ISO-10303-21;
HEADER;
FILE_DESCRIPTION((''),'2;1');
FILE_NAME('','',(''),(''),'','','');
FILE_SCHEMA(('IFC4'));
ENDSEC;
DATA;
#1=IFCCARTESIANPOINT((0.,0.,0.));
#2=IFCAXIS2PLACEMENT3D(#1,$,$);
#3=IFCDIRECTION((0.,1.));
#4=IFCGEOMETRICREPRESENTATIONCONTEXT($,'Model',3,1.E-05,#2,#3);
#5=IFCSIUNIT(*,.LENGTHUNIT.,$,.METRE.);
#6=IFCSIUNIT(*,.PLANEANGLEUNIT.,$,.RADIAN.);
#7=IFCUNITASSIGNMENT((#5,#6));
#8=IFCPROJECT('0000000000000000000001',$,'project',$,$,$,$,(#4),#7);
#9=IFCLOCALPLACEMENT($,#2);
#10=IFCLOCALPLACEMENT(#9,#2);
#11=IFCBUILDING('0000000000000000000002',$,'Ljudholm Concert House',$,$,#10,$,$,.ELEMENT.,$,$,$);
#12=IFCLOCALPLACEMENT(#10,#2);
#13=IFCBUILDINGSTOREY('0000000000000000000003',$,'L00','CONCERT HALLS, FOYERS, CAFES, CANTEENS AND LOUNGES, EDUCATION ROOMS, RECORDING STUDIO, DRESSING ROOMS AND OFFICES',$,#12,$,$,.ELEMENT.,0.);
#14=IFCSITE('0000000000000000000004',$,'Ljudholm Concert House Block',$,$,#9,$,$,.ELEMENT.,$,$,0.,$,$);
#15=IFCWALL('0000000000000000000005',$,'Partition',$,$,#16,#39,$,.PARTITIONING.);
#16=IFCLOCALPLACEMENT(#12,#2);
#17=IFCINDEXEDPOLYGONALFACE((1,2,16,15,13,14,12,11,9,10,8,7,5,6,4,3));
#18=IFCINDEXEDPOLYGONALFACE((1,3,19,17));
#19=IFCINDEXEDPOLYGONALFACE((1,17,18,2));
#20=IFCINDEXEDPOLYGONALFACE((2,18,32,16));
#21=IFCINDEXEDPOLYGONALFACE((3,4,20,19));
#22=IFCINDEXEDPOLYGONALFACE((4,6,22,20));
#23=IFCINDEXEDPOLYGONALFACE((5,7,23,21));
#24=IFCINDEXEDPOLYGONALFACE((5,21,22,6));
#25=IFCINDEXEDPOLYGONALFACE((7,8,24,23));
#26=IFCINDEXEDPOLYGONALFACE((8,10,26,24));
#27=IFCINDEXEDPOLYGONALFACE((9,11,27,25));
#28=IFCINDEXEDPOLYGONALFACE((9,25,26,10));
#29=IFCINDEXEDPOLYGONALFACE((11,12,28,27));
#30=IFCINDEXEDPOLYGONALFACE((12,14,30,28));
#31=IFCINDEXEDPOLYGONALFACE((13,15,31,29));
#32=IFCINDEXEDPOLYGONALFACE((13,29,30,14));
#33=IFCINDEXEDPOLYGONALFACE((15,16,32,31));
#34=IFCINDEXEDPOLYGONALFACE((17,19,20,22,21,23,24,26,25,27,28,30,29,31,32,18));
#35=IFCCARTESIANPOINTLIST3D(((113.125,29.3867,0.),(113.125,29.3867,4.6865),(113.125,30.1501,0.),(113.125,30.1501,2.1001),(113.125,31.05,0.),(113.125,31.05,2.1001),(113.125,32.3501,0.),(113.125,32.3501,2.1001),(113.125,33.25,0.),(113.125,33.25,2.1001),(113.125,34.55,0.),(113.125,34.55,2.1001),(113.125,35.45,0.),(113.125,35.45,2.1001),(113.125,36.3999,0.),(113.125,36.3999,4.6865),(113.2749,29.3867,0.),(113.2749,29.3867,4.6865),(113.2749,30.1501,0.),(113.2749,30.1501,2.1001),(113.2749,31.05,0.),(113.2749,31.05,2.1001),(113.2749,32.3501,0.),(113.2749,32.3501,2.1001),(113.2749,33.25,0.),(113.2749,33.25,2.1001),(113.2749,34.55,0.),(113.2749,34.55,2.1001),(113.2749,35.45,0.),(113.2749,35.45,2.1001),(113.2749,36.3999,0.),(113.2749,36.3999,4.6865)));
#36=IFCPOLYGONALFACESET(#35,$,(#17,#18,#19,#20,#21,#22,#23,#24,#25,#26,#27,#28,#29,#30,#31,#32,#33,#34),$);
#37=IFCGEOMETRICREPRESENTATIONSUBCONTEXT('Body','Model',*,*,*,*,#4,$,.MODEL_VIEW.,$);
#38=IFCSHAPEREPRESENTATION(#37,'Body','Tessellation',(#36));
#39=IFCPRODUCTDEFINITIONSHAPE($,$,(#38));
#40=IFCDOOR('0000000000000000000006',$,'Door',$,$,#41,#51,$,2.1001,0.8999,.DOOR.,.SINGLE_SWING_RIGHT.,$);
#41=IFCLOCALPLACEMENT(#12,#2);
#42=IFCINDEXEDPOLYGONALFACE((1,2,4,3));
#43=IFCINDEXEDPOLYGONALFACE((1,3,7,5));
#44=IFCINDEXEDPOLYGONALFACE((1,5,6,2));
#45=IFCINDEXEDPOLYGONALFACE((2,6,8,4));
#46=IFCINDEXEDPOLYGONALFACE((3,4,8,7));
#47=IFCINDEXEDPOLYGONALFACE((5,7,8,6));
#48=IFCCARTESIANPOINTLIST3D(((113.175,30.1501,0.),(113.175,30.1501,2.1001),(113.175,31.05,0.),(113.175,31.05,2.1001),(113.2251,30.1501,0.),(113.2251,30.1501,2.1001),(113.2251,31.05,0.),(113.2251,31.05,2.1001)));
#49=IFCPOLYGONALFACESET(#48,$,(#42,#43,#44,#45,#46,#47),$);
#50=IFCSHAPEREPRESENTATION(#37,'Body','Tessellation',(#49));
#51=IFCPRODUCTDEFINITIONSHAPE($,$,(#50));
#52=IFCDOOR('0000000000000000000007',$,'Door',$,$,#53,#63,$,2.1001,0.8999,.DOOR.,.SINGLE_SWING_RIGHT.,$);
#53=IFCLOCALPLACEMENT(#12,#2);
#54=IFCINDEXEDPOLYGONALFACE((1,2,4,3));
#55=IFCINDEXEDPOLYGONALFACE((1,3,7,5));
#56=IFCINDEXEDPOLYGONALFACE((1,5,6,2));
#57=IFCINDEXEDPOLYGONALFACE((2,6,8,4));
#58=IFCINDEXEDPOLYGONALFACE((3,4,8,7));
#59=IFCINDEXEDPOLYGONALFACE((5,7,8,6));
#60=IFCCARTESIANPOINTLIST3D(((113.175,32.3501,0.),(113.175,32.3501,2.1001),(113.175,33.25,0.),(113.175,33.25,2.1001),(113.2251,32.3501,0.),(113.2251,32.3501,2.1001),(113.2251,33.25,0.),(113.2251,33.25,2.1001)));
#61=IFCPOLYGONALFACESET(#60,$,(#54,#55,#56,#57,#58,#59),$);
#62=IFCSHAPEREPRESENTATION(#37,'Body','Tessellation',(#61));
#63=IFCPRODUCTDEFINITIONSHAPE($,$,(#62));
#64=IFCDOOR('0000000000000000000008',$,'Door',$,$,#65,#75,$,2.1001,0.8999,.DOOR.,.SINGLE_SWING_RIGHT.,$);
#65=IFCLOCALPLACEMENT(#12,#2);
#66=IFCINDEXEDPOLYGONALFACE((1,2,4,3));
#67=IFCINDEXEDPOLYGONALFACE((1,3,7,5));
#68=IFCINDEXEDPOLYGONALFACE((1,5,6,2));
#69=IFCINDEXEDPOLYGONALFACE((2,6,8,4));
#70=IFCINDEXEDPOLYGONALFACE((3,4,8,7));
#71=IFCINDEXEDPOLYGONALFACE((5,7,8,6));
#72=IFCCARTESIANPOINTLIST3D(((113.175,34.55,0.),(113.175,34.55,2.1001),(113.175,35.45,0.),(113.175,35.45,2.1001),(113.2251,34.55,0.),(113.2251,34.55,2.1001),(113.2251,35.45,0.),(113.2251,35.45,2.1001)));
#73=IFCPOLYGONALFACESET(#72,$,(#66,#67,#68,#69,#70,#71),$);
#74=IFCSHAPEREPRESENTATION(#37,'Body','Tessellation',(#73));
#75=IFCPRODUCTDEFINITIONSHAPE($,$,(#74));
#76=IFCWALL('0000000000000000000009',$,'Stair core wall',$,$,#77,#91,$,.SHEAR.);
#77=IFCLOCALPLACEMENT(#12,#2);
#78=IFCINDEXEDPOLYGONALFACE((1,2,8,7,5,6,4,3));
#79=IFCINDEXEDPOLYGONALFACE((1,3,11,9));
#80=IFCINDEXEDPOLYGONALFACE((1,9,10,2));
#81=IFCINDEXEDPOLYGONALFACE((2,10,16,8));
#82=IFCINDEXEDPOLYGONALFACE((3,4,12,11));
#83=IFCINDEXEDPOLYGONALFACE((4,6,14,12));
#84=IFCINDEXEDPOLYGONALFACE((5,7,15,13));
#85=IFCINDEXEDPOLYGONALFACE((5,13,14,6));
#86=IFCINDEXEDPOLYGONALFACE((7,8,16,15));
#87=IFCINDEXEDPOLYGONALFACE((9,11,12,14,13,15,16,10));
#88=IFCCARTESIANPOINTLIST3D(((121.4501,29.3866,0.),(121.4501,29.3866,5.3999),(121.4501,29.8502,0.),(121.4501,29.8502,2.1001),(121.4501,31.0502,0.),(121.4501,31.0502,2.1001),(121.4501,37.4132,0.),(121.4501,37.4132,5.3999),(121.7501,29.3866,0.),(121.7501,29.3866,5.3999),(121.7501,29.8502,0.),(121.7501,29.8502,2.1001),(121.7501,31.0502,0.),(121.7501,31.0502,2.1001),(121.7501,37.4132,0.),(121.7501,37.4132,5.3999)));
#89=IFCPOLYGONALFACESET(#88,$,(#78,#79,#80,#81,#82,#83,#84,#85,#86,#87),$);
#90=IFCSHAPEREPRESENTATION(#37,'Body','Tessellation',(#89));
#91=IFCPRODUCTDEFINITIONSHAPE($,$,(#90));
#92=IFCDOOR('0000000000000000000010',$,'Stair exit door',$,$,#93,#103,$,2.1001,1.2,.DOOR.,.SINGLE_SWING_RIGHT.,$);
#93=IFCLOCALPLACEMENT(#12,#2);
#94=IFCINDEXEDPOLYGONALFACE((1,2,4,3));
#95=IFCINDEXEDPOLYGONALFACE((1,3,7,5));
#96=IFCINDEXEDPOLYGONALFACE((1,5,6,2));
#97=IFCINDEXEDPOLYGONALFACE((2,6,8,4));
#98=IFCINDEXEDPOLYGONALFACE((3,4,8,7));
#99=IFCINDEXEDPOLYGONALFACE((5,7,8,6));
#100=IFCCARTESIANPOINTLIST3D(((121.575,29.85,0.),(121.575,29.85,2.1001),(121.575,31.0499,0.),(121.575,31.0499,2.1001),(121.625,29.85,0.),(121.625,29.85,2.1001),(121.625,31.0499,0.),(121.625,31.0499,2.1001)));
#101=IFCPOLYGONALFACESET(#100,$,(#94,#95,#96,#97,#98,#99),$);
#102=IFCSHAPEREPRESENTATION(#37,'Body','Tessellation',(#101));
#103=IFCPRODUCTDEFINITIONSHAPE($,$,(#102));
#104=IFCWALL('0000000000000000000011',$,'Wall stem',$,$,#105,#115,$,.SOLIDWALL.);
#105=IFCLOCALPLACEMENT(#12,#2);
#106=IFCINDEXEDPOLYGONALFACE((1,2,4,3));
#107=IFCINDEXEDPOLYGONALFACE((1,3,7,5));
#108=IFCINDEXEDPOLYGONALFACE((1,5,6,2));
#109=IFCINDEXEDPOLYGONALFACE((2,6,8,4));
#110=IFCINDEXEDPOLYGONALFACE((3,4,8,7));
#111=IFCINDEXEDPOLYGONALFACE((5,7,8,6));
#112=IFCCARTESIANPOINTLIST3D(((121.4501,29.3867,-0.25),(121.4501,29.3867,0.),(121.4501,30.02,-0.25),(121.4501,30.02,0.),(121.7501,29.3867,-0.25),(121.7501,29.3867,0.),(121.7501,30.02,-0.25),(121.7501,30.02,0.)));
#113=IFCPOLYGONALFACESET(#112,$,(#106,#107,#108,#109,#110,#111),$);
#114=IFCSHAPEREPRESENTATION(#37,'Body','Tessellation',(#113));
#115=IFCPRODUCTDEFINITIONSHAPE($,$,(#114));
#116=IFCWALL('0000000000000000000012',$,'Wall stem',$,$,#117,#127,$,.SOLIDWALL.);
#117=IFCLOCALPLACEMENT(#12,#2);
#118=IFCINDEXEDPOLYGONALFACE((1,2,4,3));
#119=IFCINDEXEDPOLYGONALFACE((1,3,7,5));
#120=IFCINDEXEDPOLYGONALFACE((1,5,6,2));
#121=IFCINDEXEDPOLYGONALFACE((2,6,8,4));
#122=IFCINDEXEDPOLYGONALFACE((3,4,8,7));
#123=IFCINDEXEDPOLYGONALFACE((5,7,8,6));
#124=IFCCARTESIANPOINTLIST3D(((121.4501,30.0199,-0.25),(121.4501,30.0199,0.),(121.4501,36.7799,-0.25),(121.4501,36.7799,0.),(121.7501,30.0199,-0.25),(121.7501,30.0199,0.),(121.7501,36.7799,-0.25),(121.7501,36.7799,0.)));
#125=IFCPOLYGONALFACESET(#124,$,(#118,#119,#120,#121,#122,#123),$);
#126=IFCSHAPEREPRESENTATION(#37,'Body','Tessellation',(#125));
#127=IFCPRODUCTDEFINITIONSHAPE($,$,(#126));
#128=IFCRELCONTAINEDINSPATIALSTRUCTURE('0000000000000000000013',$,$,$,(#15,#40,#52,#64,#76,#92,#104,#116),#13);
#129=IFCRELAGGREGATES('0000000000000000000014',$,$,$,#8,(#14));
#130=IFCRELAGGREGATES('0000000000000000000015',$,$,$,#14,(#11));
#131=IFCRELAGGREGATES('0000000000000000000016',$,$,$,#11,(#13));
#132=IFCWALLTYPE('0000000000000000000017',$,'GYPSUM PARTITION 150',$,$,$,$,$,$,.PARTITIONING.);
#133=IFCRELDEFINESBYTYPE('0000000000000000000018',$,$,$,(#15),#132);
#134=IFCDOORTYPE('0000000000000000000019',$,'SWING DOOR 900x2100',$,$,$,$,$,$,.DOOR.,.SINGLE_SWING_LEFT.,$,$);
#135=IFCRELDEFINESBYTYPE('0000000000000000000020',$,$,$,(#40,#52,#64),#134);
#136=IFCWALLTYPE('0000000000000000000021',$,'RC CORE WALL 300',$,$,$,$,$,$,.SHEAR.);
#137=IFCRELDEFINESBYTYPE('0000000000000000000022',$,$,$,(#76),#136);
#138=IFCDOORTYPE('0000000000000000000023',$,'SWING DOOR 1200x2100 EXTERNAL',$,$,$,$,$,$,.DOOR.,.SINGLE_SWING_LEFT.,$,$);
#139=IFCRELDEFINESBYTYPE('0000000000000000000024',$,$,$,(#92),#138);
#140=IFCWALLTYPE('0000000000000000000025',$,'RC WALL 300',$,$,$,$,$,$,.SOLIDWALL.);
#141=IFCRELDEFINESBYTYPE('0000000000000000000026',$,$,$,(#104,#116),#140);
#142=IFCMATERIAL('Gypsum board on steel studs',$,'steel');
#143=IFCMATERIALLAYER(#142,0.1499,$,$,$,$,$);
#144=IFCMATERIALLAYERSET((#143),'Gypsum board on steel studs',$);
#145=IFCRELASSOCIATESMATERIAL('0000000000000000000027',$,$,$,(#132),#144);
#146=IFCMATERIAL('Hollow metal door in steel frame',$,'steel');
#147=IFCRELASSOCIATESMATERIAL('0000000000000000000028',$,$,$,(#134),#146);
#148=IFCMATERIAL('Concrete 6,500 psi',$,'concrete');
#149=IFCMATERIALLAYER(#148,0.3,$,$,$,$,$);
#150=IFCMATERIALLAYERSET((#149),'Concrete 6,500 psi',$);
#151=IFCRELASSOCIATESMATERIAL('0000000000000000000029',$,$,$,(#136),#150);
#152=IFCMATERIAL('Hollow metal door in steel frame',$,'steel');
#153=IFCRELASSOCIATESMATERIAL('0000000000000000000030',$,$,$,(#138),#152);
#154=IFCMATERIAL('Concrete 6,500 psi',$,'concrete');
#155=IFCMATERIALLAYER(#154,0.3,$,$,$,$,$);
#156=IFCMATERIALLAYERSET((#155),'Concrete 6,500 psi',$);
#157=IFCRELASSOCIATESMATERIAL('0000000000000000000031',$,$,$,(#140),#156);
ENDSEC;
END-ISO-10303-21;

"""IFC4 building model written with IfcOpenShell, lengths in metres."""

from ifc_helpers import new_model, si_unit, direction, frame, frame_2d, origin, place, context, subcontext, project, spatial, rectangle, extrude, material, layer, layer_set, type_object, element, fill, save


model = new_model("IFC4")

# Units and contexts
model_context = context("Model", 3, precision=1e-05, world=origin(), true_north=direction((0.0, 1.0)))
body_context = subcontext(model_context, "Body", "Model", "MODEL_VIEW")
ifc_project = project(units=[si_unit("LENGTHUNIT", "METRE"), si_unit("PLANEANGLEUNIT", "RADIAN")], contexts=[model_context])

# Site, building, storey
site_placement = place(None, origin())
site = spatial("IfcSite", under=ifc_project, at=site_placement, Name="Ljudholm Concert House Block", CompositionType="ELEMENT", RefElevation=0.0)
building_placement = place(site_placement, origin())
building = spatial("IfcBuilding", under=site, at=building_placement, Name="Ljudholm Concert House", CompositionType="ELEMENT")
storey_placement = place(building_placement, origin())
storey = spatial("IfcBuildingStorey", under=building, at=storey_placement, Name="L00", Description="CONCERT HALLS, FOYERS, CAFES, CANTEENS AND LOUNGES, EDUCATION ROOMS, RECORDING STUDIO, DRESSING ROOMS AND OFFICES", CompositionType="ELEMENT", Elevation=0.0)

# Wall, openings, doors
ifc_material_1 = material(Name="Gypsum board on steel studs", Category="steel")
ifc_layer_1 = layer(ifc_material_1, 0.1499)
ifc_layer_set_1 = layer_set([ifc_layer_1], Name="Gypsum board on steel studs")
wall_type_1 = type_object("IfcWallType", Name="GYPSUM PARTITION 150", PredefinedType="PARTITIONING", material=ifc_layer_set_1)
wall_1_placement = place(storey_placement, frame((113.2, 29.3867, 0.0), z_axis=(0.0, 0.0, 1.0), x_axis=(0.0, 1.0, 0.0)))
wall_1 = element("IfcWall", 1, at=wall_1_placement, inside=storey, type_object=wall_type_1, Name="Partition", PredefinedType="PARTITIONING", context=body_context, shape_type="SweptSolid", body=[
    extrude(rectangle(XDim=7.0132, YDim=0.1499, at=frame_2d((3.5066, 0.0))), origin(), (0.0, 0.0, 1.0), 4.6865),
])
opening_1_placement = place(wall_1_placement, frame((0.7634, 0.0, 0.0)))
opening_1 = element("IfcOpeningElement", 2, at=opening_1_placement, cuts=wall_1, PredefinedType="OPENING", context=body_context, shape_type="SweptSolid", body=[
    extrude(rectangle(XDim=0.8999, YDim=2.1001, at=frame_2d((0.45, 1.05))), frame((0.0, 0.085, 0.0), z_axis=(0.0, -1.0, 0.0), x_axis=(1.0, 0.0, 0.0)), (0.0, 0.0, 1.0), 0.1699),
])
opening_2_placement = place(wall_1_placement, frame((2.9634, 0.0, 0.0)))
opening_2 = element("IfcOpeningElement", 3, at=opening_2_placement, cuts=wall_1, PredefinedType="OPENING", context=body_context, shape_type="SweptSolid", body=[
    extrude(rectangle(XDim=0.8999, YDim=2.1001, at=frame_2d((0.45, 1.05))), frame((0.0, 0.085, 0.0), z_axis=(0.0, -1.0, 0.0), x_axis=(1.0, 0.0, 0.0)), (0.0, 0.0, 1.0), 0.1699),
])
opening_3_placement = place(wall_1_placement, frame((5.1633, 0.0, 0.0)))
opening_3 = element("IfcOpeningElement", 4, at=opening_3_placement, cuts=wall_1, PredefinedType="OPENING", context=body_context, shape_type="SweptSolid", body=[
    extrude(rectangle(XDim=0.8999, YDim=2.1001, at=frame_2d((0.45, 1.05))), frame((0.0, 0.085, 0.0), z_axis=(0.0, -1.0, 0.0), x_axis=(1.0, 0.0, 0.0)), (0.0, 0.0, 1.0), 0.1699),
])
ifc_material_2 = material(Name="Hollow metal door in steel frame", Category="steel")
door_type_1 = type_object("IfcDoorType", Name="SWING DOOR 900x2100", OperationType="SINGLE_SWING_LEFT", PredefinedType="DOOR", material=ifc_material_2)
door_1_placement = place(opening_1_placement, origin())
door_1 = element("IfcDoor", 5, at=door_1_placement, inside=storey, type_object=door_type_1, Name="Door", OperationType="SINGLE_SWING_RIGHT", OverallHeight=2.1001, OverallWidth=0.8999, PredefinedType="DOOR", context=body_context, shape_type="SweptSolid", body=[
    extrude(rectangle(XDim=0.8999, YDim=2.1001, at=frame_2d((0.45, 1.05))), frame((0.0, 0.0249, 0.0), z_axis=(0.0, -1.0, 0.0), x_axis=(1.0, 0.0, 0.0)), (0.0, 0.0, 1.0), 0.05),
])
fill(opening_1, door_1)
door_2_placement = place(opening_2_placement, origin())
door_2 = element("IfcDoor", 6, at=door_2_placement, inside=storey, type_object=door_type_1, Name="Door", OperationType="SINGLE_SWING_RIGHT", OverallHeight=2.1001, OverallWidth=0.8999, PredefinedType="DOOR", context=body_context, shape_type="SweptSolid", body=[
    extrude(rectangle(XDim=0.8999, YDim=2.1001, at=frame_2d((0.45, 1.05))), frame((0.0, 0.0249, 0.0), z_axis=(0.0, -1.0, 0.0), x_axis=(1.0, 0.0, 0.0)), (0.0, 0.0, 1.0), 0.05),
])
fill(opening_2, door_2)
door_3_placement = place(opening_3_placement, origin())
door_3 = element("IfcDoor", 7, at=door_3_placement, inside=storey, type_object=door_type_1, Name="Door", OperationType="SINGLE_SWING_RIGHT", OverallHeight=2.1001, OverallWidth=0.8999, PredefinedType="DOOR", context=body_context, shape_type="SweptSolid", body=[
    extrude(rectangle(XDim=0.8999, YDim=2.1001, at=frame_2d((0.45, 1.05))), frame((0.0, 0.0249, 0.0), z_axis=(0.0, -1.0, 0.0), x_axis=(1.0, 0.0, 0.0)), (0.0, 0.0, 1.0), 0.05),
])
fill(opening_3, door_3)

# Wall, opening, door
ifc_material_3 = material(Name="Concrete 6,500 psi", Category="concrete")
ifc_layer_2 = layer(ifc_material_3, 0.3)
ifc_layer_set_2 = layer_set([ifc_layer_2], Name="Concrete 6,500 psi")
wall_type_2 = type_object("IfcWallType", Name="RC CORE WALL 300", PredefinedType="SHEAR", material=ifc_layer_set_2)
wall_2_placement = place(storey_placement, frame((121.6001, 29.3867, 0.0), z_axis=(0.0, 0.0, 1.0), x_axis=(0.0, 1.0, 0.0)))
wall_2 = element("IfcWall", 8, at=wall_2_placement, inside=storey, type_object=wall_type_2, Name="Stair core wall", PredefinedType="SHEAR", context=body_context, shape_type="SweptSolid", body=[
    extrude(rectangle(XDim=8.0266, YDim=0.3, at=frame_2d((4.0132, 0.0))), origin(), (0.0, 0.0, 1.0), 5.3999),
])
opening_4_placement = place(wall_2_placement, frame((0.4634, 0.0, 0.0)))
opening_4 = element("IfcOpeningElement", 9, at=opening_4_placement, cuts=wall_2, PredefinedType="OPENING", context=body_context, shape_type="SweptSolid", body=[
    extrude(rectangle(XDim=1.2, YDim=2.1001, at=frame_2d((0.6001, 1.05))), frame((0.0, 0.1599, 0.0), z_axis=(0.0, -1.0, 0.0), x_axis=(1.0, 0.0, 0.0)), (0.0, 0.0, 1.0), 0.3201),
])
ifc_material_4 = material(Name="Hollow metal door in steel frame", Category="steel")
door_type_2 = type_object("IfcDoorType", Name="SWING DOOR 1200x2100 EXTERNAL", OperationType="SINGLE_SWING_LEFT", PredefinedType="DOOR", material=ifc_material_4)
door_4_placement = place(opening_4_placement, frame((1.2, 0.0, 0.0), z_axis=(0.0, 0.0, 1.0), x_axis=(-1.0, 0.0, 0.0)))
door_4 = element("IfcDoor", 10, at=door_4_placement, inside=storey, type_object=door_type_2, Name="Stair exit door", OperationType="SINGLE_SWING_RIGHT", OverallHeight=2.1001, OverallWidth=1.2, PredefinedType="DOOR", context=body_context, shape_type="SweptSolid", body=[
    extrude(rectangle(XDim=1.2, YDim=2.1001, at=frame_2d((0.6001, 1.05))), frame((0.0, 0.0249, 0.0), z_axis=(0.0, -1.0, 0.0), x_axis=(1.0, 0.0, 0.0)), (0.0, 0.0, 1.0), 0.05),
])
fill(opening_4, door_4)

# Walls
ifc_material_5 = material(Name="Concrete 6,500 psi", Category="concrete")
ifc_layer_3 = layer(ifc_material_5, 0.3)
ifc_layer_set_3 = layer_set([ifc_layer_3], Name="Concrete 6,500 psi")
wall_type_3 = type_object("IfcWallType", Name="RC WALL 300", PredefinedType="SOLIDWALL", material=ifc_layer_set_3)
wall_3_placement = place(storey_placement, frame((121.6001, 29.3867, -0.25), z_axis=(0.0, 0.0, 1.0), x_axis=(0.0, 1.0, 0.0)))
element("IfcWall", 11, at=wall_3_placement, inside=storey, type_object=wall_type_3, Name="Wall stem", PredefinedType="SOLIDWALL", context=body_context, shape_type="SweptSolid", body=[
    extrude(rectangle(XDim=0.6333, YDim=0.3, at=frame_2d((0.3167, 0.0))), origin(), (0.0, 0.0, 1.0), 0.25),
])
wall_4_placement = place(storey_placement, frame((121.6001, 30.02, -0.25), z_axis=(0.0, 0.0, 1.0), x_axis=(0.0, 1.0, 0.0)))
element("IfcWall", 12, at=wall_4_placement, inside=storey, type_object=wall_type_3, Name="Wall stem", PredefinedType="SOLIDWALL", context=body_context, shape_type="SweptSolid", body=[
    extrude(rectangle(XDim=6.76, YDim=0.3, at=frame_2d((3.3799, 0.0))), origin(), (0.0, 0.0, 1.0), 0.25),
])

save(model, "model.ifc")
